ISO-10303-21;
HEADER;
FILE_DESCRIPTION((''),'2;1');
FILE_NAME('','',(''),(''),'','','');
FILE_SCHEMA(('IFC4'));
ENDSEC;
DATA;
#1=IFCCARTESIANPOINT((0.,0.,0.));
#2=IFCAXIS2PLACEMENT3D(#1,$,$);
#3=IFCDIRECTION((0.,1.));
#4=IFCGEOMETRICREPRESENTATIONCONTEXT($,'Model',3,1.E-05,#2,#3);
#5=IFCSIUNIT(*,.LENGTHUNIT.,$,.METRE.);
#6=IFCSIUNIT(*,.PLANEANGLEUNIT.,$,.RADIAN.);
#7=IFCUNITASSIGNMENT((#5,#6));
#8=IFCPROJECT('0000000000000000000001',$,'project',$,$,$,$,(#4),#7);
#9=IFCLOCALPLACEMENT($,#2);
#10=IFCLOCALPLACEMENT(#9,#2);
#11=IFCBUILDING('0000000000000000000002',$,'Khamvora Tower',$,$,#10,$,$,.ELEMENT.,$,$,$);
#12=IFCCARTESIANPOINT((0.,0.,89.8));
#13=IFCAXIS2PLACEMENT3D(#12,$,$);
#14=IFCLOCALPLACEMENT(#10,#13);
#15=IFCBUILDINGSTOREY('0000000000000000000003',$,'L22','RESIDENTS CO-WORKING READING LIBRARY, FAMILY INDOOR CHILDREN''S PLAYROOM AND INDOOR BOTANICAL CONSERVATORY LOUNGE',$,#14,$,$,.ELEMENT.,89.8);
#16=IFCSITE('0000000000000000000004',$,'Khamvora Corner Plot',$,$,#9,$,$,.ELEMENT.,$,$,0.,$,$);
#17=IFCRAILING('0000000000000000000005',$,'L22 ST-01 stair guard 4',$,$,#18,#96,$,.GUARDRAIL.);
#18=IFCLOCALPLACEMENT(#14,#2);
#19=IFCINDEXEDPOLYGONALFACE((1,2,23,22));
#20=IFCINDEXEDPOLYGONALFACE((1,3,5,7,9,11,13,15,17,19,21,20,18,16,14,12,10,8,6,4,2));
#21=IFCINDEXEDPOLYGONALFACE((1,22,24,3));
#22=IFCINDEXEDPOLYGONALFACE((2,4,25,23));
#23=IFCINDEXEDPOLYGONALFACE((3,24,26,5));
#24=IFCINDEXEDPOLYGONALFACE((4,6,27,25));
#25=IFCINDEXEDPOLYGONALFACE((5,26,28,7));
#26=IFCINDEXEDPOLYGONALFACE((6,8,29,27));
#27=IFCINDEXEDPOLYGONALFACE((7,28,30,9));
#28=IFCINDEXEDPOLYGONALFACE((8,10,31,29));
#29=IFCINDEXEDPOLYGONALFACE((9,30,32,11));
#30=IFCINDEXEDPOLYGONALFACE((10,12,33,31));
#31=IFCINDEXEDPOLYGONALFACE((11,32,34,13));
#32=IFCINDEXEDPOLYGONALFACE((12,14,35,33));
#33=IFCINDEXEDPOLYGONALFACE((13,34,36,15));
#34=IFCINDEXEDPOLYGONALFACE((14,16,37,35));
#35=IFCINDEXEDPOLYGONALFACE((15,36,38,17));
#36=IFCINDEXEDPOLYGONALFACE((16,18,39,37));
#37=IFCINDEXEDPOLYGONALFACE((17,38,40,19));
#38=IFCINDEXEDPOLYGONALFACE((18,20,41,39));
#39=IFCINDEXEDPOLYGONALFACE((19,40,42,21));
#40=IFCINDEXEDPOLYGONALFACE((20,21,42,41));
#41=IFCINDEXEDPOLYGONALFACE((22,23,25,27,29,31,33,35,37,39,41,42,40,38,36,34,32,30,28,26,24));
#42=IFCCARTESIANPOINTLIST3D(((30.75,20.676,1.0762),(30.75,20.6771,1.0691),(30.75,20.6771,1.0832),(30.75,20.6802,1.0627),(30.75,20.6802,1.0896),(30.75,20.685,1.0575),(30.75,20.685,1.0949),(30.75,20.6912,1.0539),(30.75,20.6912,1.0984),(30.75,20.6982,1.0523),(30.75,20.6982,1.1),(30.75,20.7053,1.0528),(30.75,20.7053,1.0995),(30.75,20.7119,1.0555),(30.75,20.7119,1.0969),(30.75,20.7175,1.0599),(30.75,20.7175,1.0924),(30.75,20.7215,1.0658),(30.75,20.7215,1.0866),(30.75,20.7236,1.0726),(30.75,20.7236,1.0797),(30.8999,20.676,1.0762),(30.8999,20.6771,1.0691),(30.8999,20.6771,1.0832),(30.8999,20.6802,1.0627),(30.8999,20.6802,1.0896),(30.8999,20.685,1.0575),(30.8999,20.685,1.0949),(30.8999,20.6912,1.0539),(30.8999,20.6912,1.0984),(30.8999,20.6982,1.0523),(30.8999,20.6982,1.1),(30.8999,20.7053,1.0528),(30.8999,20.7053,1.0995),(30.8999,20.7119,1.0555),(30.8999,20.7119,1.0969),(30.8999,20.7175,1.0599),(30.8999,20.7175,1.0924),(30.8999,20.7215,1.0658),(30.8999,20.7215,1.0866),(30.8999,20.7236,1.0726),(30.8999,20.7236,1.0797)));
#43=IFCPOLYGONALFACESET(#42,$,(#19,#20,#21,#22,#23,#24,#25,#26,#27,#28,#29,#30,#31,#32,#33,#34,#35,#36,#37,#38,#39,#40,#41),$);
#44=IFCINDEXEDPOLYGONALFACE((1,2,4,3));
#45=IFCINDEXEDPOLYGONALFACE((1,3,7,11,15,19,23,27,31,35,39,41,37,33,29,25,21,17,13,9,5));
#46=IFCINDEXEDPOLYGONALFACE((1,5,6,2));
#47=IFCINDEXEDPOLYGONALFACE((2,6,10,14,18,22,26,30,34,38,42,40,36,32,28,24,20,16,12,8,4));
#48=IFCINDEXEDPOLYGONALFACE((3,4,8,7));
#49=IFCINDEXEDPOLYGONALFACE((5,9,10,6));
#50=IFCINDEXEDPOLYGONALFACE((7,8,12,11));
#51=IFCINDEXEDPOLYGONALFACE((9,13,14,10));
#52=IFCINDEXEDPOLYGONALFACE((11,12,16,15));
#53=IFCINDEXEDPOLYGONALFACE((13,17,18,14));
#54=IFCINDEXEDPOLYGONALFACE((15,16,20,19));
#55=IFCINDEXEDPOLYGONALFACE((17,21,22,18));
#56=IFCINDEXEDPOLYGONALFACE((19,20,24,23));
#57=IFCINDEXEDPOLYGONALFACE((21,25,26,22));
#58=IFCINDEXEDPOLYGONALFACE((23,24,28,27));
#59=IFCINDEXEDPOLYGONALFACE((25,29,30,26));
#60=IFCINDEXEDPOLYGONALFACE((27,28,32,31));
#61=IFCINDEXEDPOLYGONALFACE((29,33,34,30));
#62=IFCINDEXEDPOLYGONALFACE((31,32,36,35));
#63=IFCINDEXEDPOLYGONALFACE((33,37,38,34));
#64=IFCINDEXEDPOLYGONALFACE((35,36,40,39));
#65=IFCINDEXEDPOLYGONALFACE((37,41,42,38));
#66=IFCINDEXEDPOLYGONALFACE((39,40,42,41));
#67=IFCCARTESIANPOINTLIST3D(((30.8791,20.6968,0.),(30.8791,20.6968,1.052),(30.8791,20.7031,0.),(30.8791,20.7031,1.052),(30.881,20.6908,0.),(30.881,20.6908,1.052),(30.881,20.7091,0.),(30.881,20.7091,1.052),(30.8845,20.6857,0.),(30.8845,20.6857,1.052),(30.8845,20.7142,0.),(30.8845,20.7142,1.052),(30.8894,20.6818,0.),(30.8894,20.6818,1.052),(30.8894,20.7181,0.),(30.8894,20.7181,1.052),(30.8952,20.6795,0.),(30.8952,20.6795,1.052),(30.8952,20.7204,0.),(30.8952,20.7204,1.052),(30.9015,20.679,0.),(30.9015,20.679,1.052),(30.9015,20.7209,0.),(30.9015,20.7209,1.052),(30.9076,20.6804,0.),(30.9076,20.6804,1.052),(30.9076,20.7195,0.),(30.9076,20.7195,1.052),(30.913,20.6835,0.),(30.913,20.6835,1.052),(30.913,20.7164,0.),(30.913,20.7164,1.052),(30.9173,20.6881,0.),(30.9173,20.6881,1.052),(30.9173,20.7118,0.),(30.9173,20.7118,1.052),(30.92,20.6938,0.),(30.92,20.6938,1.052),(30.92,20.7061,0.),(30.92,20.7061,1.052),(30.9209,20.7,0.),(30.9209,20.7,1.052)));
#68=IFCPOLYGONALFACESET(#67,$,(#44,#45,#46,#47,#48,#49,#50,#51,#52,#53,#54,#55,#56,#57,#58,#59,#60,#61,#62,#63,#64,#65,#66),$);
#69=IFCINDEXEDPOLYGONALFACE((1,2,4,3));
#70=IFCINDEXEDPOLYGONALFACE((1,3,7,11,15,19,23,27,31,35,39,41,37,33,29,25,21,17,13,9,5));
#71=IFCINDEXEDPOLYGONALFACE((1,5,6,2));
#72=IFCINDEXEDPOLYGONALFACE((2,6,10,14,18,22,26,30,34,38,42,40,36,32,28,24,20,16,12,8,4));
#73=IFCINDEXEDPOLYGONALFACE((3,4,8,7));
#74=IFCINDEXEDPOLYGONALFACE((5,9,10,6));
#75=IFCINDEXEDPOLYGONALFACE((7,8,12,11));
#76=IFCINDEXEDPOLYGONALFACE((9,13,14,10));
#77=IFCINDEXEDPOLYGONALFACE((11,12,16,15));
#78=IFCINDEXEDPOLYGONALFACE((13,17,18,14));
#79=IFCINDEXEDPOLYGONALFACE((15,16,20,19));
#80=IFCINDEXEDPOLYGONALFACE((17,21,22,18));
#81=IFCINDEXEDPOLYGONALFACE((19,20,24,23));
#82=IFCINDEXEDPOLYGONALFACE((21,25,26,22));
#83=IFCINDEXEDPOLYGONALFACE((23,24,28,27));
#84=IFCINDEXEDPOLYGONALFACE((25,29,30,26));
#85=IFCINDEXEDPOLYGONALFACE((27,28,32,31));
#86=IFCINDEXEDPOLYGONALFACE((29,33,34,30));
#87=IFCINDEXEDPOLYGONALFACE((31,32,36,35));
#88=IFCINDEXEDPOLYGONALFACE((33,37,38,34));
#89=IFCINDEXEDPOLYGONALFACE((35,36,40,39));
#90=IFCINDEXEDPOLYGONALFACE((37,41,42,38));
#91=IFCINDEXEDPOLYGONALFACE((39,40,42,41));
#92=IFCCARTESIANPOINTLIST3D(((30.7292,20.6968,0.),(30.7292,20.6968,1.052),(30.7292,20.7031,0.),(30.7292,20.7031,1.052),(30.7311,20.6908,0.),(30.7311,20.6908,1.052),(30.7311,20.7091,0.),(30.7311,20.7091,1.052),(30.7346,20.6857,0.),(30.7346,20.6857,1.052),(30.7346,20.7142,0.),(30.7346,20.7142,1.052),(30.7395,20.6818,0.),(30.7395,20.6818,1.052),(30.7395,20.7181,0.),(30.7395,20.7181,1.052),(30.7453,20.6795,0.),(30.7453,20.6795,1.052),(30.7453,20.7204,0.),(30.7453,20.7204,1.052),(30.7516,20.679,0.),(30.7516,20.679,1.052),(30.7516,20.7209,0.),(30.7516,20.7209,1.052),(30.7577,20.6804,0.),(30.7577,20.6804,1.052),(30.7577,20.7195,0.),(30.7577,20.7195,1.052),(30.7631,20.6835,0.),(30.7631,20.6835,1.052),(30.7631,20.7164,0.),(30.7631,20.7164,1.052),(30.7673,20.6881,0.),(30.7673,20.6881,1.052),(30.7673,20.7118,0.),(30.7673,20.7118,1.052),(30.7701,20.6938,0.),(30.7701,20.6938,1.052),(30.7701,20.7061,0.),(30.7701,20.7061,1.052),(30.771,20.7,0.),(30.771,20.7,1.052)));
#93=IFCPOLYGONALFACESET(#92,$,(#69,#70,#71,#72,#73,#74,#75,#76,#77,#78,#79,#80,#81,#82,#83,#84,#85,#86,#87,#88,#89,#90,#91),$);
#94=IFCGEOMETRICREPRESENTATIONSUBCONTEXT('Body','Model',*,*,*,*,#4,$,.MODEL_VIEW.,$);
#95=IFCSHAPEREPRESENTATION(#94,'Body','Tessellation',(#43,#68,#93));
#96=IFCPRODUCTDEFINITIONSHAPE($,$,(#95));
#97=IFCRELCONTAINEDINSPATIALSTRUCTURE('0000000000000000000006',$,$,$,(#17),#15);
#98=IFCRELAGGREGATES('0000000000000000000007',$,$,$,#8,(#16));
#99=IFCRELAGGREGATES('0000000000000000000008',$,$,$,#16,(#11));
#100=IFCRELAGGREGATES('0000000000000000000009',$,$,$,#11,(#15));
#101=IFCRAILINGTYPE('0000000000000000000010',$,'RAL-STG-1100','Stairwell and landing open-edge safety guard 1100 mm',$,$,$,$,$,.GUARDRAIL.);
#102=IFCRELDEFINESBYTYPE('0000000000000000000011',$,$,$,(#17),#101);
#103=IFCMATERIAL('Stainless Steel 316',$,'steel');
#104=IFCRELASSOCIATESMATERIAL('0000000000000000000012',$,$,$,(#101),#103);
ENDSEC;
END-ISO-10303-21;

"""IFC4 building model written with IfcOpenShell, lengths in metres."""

from ifc_helpers import new_model, si_unit, direction, frame, origin, origin_2d, place, context, subcontext, project, spatial, circle, extrude, material, type_object, element, save


model = new_model("IFC4")

# Units and contexts
model_context = context("Model", 3, precision=1e-05, world=origin(), true_north=direction((0.0, 1.0)))
body_context = subcontext(model_context, "Body", "Model", "MODEL_VIEW")
ifc_project = project(units=[si_unit("LENGTHUNIT", "METRE"), si_unit("PLANEANGLEUNIT", "RADIAN")], contexts=[model_context])

# Site, building, storey
site_placement = place(None, origin())
site = spatial("IfcSite", under=ifc_project, at=site_placement, Name="Khamvora Corner Plot", CompositionType="ELEMENT", RefElevation=0.0)
building_placement = place(site_placement, origin())
building = spatial("IfcBuilding", under=site, at=building_placement, Name="Khamvora Tower", CompositionType="ELEMENT")
storey_placement = place(building_placement, frame((0.0, 0.0, 89.8)))
storey = spatial("IfcBuildingStorey", under=building, at=storey_placement, Name="L22", Description="RESIDENTS CO-WORKING READING LIBRARY, FAMILY INDOOR CHILDREN'S PLAYROOM AND INDOOR BOTANICAL CONSERVATORY LOUNGE", CompositionType="ELEMENT", Elevation=89.8)

# Railing
ifc_material_1 = material(Name="Stainless Steel 316", Category="steel")
railing_type = type_object("IfcRailingType", Name="RAL-STG-1100", Description="Stairwell and landing open-edge safety guard 1100 mm", PredefinedType="GUARDRAIL", material=ifc_material_1)
railing_placement = place(storey_placement, frame((30.8999, 20.7, 0.0)))
element("IfcRailing", 1, at=railing_placement, inside=storey, type_object=railing_type, Name="L22 ST-01 stair guard 4", PredefinedType="GUARDRAIL", context=body_context, shape_type="SweptSolid", body=[
    extrude(circle(Radius=0.0239, at=origin_2d()), frame((0.0, 0.0, 1.0762), z_axis=(-1.0, 0.0, 0.0), x_axis=(0.0, -1.0, 0.0)), (0.0, 0.0, 1.0), 0.1499),
    extrude(circle(Radius=0.021, at=origin_2d()), origin(), (0.0, 0.0, 1.0), 1.052),
    extrude(circle(Radius=0.021, at=origin_2d()), frame((-0.1499, 0.0, 0.0)), (0.0, 0.0, 1.0), 1.052),
])

save(model, "model.ifc")
